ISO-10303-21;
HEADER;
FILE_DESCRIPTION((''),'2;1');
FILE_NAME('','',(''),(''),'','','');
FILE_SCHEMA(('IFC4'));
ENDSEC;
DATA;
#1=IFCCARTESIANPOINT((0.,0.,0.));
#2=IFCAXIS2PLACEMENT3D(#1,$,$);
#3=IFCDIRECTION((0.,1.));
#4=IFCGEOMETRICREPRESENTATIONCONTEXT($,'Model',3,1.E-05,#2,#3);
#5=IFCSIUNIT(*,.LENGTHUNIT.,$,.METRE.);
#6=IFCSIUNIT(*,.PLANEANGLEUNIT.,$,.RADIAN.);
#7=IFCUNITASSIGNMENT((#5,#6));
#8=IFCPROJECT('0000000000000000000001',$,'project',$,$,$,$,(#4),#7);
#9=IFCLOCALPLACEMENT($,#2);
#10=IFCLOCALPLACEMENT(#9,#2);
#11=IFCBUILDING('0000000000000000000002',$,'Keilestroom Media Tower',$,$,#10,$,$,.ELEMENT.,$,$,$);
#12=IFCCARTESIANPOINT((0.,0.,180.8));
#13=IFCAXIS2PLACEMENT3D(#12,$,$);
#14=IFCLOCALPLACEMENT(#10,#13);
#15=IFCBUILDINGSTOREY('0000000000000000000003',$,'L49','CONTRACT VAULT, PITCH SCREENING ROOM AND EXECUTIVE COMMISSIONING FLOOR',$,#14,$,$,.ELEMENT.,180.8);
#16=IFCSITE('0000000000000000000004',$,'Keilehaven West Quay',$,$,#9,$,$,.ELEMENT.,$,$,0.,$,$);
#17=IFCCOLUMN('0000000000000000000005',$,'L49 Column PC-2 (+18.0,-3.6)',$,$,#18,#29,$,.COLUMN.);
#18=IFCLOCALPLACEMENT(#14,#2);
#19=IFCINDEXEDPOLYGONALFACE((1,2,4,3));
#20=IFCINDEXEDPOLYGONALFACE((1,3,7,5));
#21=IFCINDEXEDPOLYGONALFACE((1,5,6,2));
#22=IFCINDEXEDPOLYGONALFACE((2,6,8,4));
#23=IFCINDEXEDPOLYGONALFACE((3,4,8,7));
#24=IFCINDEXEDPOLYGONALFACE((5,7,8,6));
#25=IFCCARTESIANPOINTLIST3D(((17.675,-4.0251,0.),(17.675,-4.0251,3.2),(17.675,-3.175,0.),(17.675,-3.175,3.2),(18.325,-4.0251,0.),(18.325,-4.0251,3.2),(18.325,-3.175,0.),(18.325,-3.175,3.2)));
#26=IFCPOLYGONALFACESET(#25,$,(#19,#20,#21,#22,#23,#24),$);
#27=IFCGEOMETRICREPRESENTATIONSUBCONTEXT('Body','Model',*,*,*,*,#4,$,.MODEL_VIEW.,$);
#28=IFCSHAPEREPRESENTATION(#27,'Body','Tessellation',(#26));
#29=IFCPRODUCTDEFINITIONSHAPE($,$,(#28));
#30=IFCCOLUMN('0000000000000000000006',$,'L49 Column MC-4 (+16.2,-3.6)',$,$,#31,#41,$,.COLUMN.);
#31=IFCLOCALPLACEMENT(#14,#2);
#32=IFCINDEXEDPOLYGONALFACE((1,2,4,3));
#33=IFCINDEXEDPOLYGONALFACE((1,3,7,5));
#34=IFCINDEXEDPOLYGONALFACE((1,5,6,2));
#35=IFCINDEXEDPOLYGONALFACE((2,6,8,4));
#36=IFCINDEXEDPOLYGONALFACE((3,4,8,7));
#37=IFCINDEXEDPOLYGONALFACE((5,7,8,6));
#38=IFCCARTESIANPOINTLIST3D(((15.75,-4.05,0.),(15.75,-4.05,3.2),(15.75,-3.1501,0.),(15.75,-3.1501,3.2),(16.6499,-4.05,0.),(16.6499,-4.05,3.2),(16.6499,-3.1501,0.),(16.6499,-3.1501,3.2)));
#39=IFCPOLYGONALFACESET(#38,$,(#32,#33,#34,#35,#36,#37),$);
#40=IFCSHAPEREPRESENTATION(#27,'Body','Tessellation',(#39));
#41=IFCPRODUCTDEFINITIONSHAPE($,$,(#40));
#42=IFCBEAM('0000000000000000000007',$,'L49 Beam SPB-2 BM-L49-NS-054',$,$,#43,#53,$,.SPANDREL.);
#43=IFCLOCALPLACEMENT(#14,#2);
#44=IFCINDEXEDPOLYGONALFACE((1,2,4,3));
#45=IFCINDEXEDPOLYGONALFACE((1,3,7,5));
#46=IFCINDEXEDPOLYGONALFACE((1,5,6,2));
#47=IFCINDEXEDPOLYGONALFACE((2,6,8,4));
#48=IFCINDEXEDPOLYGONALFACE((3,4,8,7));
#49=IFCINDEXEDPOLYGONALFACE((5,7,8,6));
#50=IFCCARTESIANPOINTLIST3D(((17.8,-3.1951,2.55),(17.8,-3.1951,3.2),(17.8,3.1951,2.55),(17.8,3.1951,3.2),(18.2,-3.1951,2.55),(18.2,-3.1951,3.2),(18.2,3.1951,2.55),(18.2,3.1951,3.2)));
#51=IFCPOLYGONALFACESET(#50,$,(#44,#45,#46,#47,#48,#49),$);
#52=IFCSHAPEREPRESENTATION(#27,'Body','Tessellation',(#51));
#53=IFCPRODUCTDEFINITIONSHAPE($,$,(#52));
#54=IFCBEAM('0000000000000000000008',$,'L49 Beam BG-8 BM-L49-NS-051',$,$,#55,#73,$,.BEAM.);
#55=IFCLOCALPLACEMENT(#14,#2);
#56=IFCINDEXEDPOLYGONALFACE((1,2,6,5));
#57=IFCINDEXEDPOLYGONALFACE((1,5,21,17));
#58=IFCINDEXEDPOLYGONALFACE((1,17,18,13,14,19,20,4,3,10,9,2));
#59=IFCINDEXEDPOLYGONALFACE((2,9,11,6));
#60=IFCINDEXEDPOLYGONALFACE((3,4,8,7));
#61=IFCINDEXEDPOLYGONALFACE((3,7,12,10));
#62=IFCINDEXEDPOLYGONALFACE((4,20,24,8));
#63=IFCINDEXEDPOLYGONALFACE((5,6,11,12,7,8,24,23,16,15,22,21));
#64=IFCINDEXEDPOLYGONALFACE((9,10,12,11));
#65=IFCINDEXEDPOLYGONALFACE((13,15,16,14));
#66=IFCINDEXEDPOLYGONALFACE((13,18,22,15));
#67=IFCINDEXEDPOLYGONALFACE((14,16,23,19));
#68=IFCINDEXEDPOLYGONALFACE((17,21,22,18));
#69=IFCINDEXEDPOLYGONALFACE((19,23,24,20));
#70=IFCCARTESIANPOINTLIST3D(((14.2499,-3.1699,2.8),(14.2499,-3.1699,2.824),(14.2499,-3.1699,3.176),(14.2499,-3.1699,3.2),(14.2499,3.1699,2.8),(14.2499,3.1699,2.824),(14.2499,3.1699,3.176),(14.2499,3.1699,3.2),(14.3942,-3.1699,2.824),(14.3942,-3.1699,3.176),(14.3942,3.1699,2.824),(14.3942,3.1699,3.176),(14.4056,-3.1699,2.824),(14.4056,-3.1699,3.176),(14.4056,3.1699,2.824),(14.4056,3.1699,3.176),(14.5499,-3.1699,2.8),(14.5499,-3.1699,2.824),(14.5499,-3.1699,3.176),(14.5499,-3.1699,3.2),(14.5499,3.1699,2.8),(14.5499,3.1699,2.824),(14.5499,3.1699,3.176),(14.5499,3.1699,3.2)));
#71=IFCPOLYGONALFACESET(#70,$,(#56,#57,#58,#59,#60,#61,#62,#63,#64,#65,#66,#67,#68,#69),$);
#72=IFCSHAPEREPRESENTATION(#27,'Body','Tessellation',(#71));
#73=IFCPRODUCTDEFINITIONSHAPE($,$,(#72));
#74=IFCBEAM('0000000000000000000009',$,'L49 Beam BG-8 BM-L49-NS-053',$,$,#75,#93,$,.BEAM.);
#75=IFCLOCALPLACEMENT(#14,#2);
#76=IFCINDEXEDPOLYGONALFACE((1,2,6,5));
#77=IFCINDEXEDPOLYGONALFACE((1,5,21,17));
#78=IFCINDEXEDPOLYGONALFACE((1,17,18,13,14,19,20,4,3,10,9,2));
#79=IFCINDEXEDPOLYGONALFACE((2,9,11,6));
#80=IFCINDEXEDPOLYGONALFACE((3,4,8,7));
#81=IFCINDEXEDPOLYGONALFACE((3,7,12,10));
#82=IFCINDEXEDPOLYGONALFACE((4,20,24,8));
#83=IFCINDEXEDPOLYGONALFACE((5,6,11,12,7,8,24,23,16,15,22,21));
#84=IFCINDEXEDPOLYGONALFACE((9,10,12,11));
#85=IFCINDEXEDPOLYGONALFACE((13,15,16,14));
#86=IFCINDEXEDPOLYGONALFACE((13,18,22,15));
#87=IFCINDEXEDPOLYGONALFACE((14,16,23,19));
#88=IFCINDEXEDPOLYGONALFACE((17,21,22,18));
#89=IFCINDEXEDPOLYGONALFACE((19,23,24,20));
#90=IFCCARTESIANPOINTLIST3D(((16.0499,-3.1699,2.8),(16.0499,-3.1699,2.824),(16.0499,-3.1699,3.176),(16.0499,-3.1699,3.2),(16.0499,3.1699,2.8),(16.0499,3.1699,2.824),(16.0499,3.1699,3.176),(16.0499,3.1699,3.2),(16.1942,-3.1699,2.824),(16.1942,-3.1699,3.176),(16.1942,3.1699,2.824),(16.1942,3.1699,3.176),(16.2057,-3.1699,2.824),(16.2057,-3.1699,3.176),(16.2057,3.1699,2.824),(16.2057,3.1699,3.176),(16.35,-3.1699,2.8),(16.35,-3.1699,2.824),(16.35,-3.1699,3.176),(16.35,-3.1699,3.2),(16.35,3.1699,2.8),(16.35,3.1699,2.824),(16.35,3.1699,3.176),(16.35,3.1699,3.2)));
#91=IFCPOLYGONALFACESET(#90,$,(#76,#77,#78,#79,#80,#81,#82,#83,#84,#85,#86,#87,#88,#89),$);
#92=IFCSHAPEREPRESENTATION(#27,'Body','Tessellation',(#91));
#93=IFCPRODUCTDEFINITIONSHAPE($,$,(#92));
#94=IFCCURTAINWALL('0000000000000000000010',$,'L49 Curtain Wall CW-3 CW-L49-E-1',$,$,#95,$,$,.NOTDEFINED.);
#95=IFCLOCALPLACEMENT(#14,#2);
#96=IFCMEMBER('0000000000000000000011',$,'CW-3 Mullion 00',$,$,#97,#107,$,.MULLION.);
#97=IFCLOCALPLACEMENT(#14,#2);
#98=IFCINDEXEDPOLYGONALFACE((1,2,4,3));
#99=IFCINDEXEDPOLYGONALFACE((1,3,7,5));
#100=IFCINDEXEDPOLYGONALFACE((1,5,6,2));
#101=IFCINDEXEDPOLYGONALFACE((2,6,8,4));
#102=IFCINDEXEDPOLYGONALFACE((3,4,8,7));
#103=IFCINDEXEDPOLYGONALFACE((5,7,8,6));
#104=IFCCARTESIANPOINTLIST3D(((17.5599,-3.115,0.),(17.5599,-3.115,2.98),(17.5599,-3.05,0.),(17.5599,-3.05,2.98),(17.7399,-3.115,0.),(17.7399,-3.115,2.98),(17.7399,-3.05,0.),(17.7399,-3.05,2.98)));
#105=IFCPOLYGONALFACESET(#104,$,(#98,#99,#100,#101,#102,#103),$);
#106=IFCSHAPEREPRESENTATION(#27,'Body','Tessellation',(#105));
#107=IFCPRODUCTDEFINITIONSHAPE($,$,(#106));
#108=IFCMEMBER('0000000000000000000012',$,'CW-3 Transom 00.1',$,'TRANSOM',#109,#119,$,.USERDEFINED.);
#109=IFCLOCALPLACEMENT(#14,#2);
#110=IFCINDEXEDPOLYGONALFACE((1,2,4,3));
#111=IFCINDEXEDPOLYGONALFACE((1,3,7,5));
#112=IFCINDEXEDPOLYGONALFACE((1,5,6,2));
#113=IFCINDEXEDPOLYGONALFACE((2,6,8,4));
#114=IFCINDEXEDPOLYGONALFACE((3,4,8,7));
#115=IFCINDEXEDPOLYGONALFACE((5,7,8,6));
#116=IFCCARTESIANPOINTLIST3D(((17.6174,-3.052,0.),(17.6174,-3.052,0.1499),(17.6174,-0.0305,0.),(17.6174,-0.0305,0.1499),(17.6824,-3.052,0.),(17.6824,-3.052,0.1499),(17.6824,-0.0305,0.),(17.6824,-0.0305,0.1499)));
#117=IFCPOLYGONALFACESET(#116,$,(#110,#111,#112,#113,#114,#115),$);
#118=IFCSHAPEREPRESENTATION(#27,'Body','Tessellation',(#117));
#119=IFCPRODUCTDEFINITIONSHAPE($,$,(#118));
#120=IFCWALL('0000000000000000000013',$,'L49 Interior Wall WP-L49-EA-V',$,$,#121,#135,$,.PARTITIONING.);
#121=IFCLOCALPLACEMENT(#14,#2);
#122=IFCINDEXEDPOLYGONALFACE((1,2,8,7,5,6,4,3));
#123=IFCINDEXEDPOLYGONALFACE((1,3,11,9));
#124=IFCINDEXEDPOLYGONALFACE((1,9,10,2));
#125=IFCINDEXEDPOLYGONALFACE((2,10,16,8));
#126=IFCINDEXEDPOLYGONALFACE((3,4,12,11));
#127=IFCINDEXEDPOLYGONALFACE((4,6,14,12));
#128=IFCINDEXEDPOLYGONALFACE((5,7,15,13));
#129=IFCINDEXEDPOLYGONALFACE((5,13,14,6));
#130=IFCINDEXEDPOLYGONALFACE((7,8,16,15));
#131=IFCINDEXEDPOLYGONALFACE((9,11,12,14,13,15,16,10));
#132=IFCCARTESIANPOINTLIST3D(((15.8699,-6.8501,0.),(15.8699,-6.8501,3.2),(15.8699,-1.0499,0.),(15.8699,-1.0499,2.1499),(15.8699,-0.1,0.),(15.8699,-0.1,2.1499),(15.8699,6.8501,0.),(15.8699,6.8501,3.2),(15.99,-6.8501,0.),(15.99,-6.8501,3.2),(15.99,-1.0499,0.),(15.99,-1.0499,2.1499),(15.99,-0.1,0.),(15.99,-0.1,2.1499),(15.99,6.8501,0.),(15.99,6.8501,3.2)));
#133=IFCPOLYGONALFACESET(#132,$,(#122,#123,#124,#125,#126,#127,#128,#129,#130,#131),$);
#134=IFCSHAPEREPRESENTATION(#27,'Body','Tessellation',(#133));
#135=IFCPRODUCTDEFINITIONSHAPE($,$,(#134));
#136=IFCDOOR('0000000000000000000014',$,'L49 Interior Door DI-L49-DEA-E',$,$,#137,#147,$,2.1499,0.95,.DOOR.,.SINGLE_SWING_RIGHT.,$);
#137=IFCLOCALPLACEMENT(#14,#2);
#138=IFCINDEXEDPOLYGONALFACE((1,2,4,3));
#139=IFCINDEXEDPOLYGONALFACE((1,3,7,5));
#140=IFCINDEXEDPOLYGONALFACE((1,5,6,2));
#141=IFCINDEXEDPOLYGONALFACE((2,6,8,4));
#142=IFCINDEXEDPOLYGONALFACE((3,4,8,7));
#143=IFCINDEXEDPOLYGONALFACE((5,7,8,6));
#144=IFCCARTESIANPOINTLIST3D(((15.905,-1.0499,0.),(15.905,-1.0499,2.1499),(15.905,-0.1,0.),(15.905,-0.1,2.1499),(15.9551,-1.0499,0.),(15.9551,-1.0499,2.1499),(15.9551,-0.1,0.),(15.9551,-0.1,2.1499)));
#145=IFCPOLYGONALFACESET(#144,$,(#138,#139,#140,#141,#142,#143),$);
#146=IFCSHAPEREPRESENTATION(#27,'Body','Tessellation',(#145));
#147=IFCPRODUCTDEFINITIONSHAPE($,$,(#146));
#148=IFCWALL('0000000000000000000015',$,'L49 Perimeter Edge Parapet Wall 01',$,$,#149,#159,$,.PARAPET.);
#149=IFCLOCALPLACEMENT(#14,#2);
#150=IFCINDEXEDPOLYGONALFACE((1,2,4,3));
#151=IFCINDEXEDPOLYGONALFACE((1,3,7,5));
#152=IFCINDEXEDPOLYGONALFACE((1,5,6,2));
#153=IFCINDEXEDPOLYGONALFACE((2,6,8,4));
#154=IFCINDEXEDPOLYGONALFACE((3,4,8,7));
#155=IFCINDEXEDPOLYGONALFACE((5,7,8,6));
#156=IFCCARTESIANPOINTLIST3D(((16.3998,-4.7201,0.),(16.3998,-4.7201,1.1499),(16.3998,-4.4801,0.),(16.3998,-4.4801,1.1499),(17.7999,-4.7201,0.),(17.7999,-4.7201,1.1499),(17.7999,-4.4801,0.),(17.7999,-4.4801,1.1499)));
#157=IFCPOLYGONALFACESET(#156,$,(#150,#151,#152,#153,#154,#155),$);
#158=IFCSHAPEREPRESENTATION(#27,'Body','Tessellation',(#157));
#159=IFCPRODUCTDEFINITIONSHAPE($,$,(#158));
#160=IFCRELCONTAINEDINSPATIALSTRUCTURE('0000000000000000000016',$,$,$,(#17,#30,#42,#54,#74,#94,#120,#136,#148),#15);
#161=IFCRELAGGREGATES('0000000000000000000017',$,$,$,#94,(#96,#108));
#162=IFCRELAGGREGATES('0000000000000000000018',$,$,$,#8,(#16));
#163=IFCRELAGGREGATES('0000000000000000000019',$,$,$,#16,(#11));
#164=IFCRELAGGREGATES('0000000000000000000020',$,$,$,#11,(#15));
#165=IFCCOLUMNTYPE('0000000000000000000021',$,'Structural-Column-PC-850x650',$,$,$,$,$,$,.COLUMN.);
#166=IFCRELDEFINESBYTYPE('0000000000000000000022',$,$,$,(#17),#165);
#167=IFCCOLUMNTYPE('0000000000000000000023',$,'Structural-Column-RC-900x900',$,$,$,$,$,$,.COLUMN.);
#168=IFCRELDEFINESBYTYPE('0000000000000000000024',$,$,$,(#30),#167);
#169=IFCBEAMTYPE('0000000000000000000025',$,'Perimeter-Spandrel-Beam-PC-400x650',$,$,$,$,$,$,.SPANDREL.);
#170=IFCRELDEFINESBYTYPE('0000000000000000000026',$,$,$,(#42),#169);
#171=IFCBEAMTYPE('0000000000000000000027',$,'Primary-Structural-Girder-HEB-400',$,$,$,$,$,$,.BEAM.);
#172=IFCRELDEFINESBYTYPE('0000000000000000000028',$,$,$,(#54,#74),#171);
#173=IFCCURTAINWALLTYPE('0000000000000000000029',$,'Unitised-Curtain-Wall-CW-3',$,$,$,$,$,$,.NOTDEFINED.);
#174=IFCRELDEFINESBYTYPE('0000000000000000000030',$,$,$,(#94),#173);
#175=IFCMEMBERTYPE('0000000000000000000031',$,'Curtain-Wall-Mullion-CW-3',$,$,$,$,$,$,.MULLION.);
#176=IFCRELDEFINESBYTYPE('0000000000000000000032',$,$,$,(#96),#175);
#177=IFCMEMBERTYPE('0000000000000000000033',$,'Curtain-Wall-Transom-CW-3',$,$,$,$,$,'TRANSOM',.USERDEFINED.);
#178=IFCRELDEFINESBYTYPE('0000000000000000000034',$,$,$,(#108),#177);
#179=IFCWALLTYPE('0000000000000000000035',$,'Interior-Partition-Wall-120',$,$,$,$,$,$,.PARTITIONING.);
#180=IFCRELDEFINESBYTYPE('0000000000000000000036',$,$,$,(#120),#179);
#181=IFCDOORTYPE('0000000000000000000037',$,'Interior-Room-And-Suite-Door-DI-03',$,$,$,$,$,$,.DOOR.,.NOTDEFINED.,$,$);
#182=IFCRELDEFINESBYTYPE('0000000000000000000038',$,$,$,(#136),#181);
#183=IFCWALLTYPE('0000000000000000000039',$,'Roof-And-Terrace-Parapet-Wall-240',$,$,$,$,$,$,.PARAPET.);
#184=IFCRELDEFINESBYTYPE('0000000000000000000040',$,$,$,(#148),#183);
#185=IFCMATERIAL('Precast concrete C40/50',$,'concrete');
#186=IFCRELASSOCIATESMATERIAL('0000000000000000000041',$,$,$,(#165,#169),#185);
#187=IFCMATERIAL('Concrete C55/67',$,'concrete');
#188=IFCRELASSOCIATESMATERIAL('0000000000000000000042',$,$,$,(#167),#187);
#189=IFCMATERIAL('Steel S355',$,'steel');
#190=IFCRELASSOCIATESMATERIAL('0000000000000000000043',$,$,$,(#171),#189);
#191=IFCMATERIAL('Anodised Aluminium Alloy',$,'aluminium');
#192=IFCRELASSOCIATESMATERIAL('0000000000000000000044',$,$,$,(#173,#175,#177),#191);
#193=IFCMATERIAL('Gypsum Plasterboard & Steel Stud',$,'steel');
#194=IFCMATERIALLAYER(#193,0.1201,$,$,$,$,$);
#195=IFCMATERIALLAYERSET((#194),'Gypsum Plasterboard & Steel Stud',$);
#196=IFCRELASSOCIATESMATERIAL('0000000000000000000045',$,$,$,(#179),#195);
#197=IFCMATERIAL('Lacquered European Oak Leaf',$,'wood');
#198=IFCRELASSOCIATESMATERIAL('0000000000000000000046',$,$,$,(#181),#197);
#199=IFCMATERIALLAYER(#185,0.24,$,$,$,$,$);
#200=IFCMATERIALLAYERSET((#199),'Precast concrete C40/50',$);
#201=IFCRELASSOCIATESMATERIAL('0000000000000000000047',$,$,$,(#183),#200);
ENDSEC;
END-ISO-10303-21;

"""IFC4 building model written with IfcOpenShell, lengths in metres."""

from ifc_helpers import new_model, si_unit, direction, frame, frame_2d, origin, origin_2d, place, context, subcontext, project, spatial, rectangle, i_section, extrude, source, transform, mapped, material, layer, layer_set, material_profile, profile_set, type_object, element, fill, aggregate, save


model = new_model("IFC4")

# Units and contexts
model_context = context("Model", 3, precision=1e-05, world=origin(), true_north=direction((0.0, 1.0)))
body_context = subcontext(model_context, "Body", "Model", "MODEL_VIEW")
ifc_project = project(units=[si_unit("LENGTHUNIT", "METRE"), si_unit("PLANEANGLEUNIT", "RADIAN")], contexts=[model_context])

# Site, building, storey
site_placement = place(None, origin())
site = spatial("IfcSite", under=ifc_project, at=site_placement, Name="Keilehaven West Quay", CompositionType="ELEMENT", RefElevation=0.0)
building_placement = place(site_placement, origin())
building = spatial("IfcBuilding", under=site, at=building_placement, Name="Keilestroom Media Tower", CompositionType="ELEMENT")
storey_placement = place(building_placement, frame((0.0, 0.0, 180.8)))
storey = spatial("IfcBuildingStorey", under=building, at=storey_placement, Name="L49", Description="CONTRACT VAULT, PITCH SCREENING ROOM AND EXECUTIVE COMMISSIONING FLOOR", CompositionType="ELEMENT", Elevation=180.8)

# Columns
ifc_material_1 = material(Name="Precast concrete C40/50", Category="concrete")
ifc_material_profile_1 = material_profile(ifc_material_1, rectangle(XDim=0.6499, YDim=0.8501, at=origin_2d()), Name="PC 850x650")
ifc_profile_set_1 = profile_set([ifc_material_profile_1], Name="Precast concrete C40/50")
column_type_1 = type_object("IfcColumnType", Name="Structural-Column-PC-850x650", PredefinedType="COLUMN", material=ifc_profile_set_1)
shared_shape_1 = source(origin(), body_context, "Body", "SweptSolid", [
    extrude(rectangle(XDim=0.6499, YDim=0.8501, at=origin_2d()), origin(), (0.0, 0.0, 1.0), 3.2),
])
column_1_placement = place(storey_placement, frame((18.0, -3.6001, 0.0), z_axis=(0.0, 0.0, 1.0), x_axis=(1.0, 0.0, 0.0)))
element("IfcColumn", 1, at=column_1_placement, inside=storey, type_object=column_type_1, Name="L49 Column PC-2 (+18.0,-3.6)", PredefinedType="COLUMN", context=body_context, shape_type="MappedRepresentation", body=[
    mapped(shared_shape_1, transform((0.0, 0.0, 0.0), x_axis=(1.0, 0.0, 0.0), y_axis=(0.0, 1.0, 0.0), z_axis=(0.0, 0.0, 1.0), scale=1.0)),
])
ifc_material_2 = material(Name="Concrete C55/67", Category="concrete")
ifc_material_profile_2 = material_profile(ifc_material_2, rectangle(XDim=0.8999, YDim=0.8999, at=origin_2d()), Name="RC 900x900")
ifc_profile_set_2 = profile_set([ifc_material_profile_2], Name="Concrete C55/67")
column_type_2 = type_object("IfcColumnType", Name="Structural-Column-RC-900x900", PredefinedType="COLUMN", material=ifc_profile_set_2)
shared_shape_2 = source(origin(), body_context, "Body", "SweptSolid", [
    extrude(rectangle(XDim=0.8999, YDim=0.8999, at=origin_2d()), origin(), (0.0, 0.0, 1.0), 3.2),
])
column_2_placement = place(storey_placement, frame((16.2, -3.6001, 0.0), z_axis=(0.0, 0.0, 1.0), x_axis=(1.0, 0.0, 0.0)))
element("IfcColumn", 2, at=column_2_placement, inside=storey, type_object=column_type_2, Name="L49 Column MC-4 (+16.2,-3.6)", PredefinedType="COLUMN", context=body_context, shape_type="MappedRepresentation", body=[
    mapped(shared_shape_2, transform((0.0, 0.0, 0.0), x_axis=(1.0, 0.0, 0.0), y_axis=(0.0, 1.0, 0.0), z_axis=(0.0, 0.0, 1.0), scale=1.0)),
])

# Beams
ifc_material_profile_3 = material_profile(ifc_material_1, rectangle(XDim=0.3999, YDim=0.6499, at=origin_2d()), Name="PC 400x650")
ifc_profile_set_3 = profile_set([ifc_material_profile_3], Name="Precast concrete C40/50")
beam_type_1 = type_object("IfcBeamType", Name="Perimeter-Spandrel-Beam-PC-400x650", PredefinedType="SPANDREL", material=ifc_profile_set_3)
shared_shape_3 = source(origin(), body_context, "Body", "SweptSolid", [
    extrude(rectangle(XDim=0.3999, YDim=0.6499, at=origin_2d()), origin(), (0.0, 0.0, 1.0), 6.3901),
])
beam_placement = place(storey_placement, frame((18.0, -3.1951, 2.875), z_axis=(0.0, 1.0, 0.0), x_axis=(-1.0, 0.0, 0.0)))
element("IfcBeam", 3, at=beam_placement, inside=storey, type_object=beam_type_1, Name="L49 Beam SPB-2 BM-L49-NS-054", PredefinedType="SPANDREL", context=body_context, shape_type="MappedRepresentation", body=[
    mapped(shared_shape_3, transform((0.0, 0.0, 0.0), x_axis=(1.0, 0.0, 0.0), y_axis=(0.0, 1.0, 0.0), z_axis=(0.0, 0.0, 1.0), scale=1.0)),
])
ifc_material_3 = material(Name="Steel S355", Category="steel")
ifc_material_profile_4 = material_profile(ifc_material_3, i_section(OverallWidth=0.3, OverallDepth=0.3999, WebThickness=0.0115, FlangeThickness=0.0239, at=origin_2d()), Name="HEB 400")
ifc_profile_set_4 = profile_set([ifc_material_profile_4], Name="Steel S355")
beam_type_2 = type_object("IfcBeamType", Name="Primary-Structural-Girder-HEB-400", PredefinedType="BEAM", material=ifc_profile_set_4)
shared_shape_4 = source(origin(), body_context, "Body", "SweptSolid", [
    extrude(i_section(OverallWidth=0.3, OverallDepth=0.3999, WebThickness=0.0115, FlangeThickness=0.0239, at=origin_2d()), origin(), (0.0, 0.0, 1.0), 6.3398),
])
for number, where, z_axis, x_axis, name in (
    (4, (14.3999, -3.1699, 3.0), (0.0, 1.0, 0.0), (-1.0, 0.0, 0.0), "L49 Beam BG-8 BM-L49-NS-051"),
    (5, (16.2, -3.1699, 3.0), (0.0, 1.0, 0.0), (-1.0, 0.0, 0.0), "L49 Beam BG-8 BM-L49-NS-053"),
):
    element("IfcBeam", number, at=place(storey_placement, frame(where, z_axis=z_axis, x_axis=x_axis)), inside=storey, type_object=beam_type_2, Name=name, PredefinedType="BEAM", context=body_context, shape_type="MappedRepresentation", body=[
        mapped(shared_shape_4, transform((0.0, 0.0, 0.0), x_axis=(1.0, 0.0, 0.0), y_axis=(0.0, 1.0, 0.0), z_axis=(0.0, 0.0, 1.0), scale=1.0)),
    ])

# Curtain wall, members
ifc_material_4 = material(Name="Anodised Aluminium Alloy", Category="aluminium")
curtain_wall_type = type_object("IfcCurtainWallType", Name="Unitised-Curtain-Wall-CW-3", PredefinedType="NOTDEFINED", material=ifc_material_4)
curtain_wall_placement = place(storey_placement, origin())
curtain_wall = element("IfcCurtainWall", 6, at=curtain_wall_placement, inside=storey, type_object=curtain_wall_type, Name="L49 Curtain Wall CW-3 CW-L49-E-1", PredefinedType="NOTDEFINED")
ifc_material_profile_5 = material_profile(ifc_material_4, rectangle(XDim=0.0649, YDim=0.1799, at=origin_2d()), Name="ALU MULLION 65x180")
ifc_profile_set_5 = profile_set([ifc_material_profile_5], Name="Anodised Aluminium Alloy")
member_type_1 = type_object("IfcMemberType", Name="Curtain-Wall-Mullion-CW-3", PredefinedType="MULLION", material=ifc_profile_set_5)
shared_shape_5 = source(origin(), body_context, "Body", "SweptSolid", [
    extrude(rectangle(XDim=0.0649, YDim=0.1799, at=origin_2d()), origin(), (0.0, 0.0, 1.0), 2.98),
])
member_1_placement = place(storey_placement, frame((17.6499, -3.0825, 0.0), z_axis=(0.0, 0.0, 1.0), x_axis=(0.0, 1.0, 0.0)))
member_1 = element("IfcMember", 7, at=member_1_placement, type_object=member_type_1, Name="CW-3 Mullion 00", PredefinedType="MULLION", context=body_context, shape_type="MappedRepresentation", body=[
    mapped(shared_shape_5, transform((0.0, 0.0, 0.0), x_axis=(1.0, 0.0, 0.0), y_axis=(0.0, 1.0, 0.0), z_axis=(0.0, 0.0, 1.0), scale=1.0)),
])
ifc_material_profile_6 = material_profile(ifc_material_4, rectangle(XDim=0.0649, YDim=0.1499, at=origin_2d()), Name="ALU TRANSOM 65x150")
ifc_profile_set_6 = profile_set([ifc_material_profile_6], Name="Anodised Aluminium Alloy")
member_type_2 = type_object("IfcMemberType", Name="Curtain-Wall-Transom-CW-3", ElementType="TRANSOM", PredefinedType="USERDEFINED", material=ifc_profile_set_6)
shared_shape_6 = source(origin(), body_context, "Body", "SweptSolid", [
    extrude(rectangle(XDim=0.0649, YDim=0.1499, at=origin_2d()), origin(), (0.0, 0.0, 1.0), 3.0215),
])
member_2_placement = place(storey_placement, frame((17.6499, -3.052, 0.075), z_axis=(0.0, 1.0, 0.0), x_axis=(-1.0, 0.0, 0.0)))
member_2 = element("IfcMember", 8, at=member_2_placement, type_object=member_type_2, Name="CW-3 Transom 00.1", ObjectType="TRANSOM", PredefinedType="USERDEFINED", context=body_context, shape_type="MappedRepresentation", body=[
    mapped(shared_shape_6, transform((0.0, 0.0, 0.0), x_axis=(1.0, 0.0, 0.0), y_axis=(0.0, 1.0, 0.0), z_axis=(0.0, 0.0, 1.0), scale=1.0)),
])
aggregate(curtain_wall, [member_1, member_2])

# Wall, opening, door
ifc_material_5 = material(Name="Gypsum Plasterboard & Steel Stud", Category="steel")
ifc_layer_1 = layer(ifc_material_5, 0.1201)
ifc_layer_set_1 = layer_set([ifc_layer_1], Name="Gypsum Plasterboard & Steel Stud")
wall_type_1 = type_object("IfcWallType", Name="Interior-Partition-Wall-120", PredefinedType="PARTITIONING", material=ifc_layer_set_1)
wall_1_placement = place(storey_placement, frame((15.9299, -6.8501, 0.0), z_axis=(0.0, 0.0, 1.0), x_axis=(0.0, 1.0, 0.0)))
wall_1 = element("IfcWall", 9, at=wall_1_placement, inside=storey, type_object=wall_type_1, Name="L49 Interior Wall WP-L49-EA-V", PredefinedType="PARTITIONING", context=body_context, shape_type="SweptSolid", body=[
    extrude(rectangle(XDim=13.7002, YDim=0.1201, at=frame_2d((6.8501, 0.0))), origin(), (0.0, 0.0, 1.0), 3.2),
])
opening_placement = place(wall_1_placement, frame((5.8, 0.0, 0.0)))
opening = element("IfcOpeningElement", 10, at=opening_placement, cuts=wall_1, PredefinedType="OPENING", context=body_context, shape_type="SweptSolid", body=[
    extrude(rectangle(XDim=0.95, YDim=2.1499, at=frame_2d((0.4751, 1.075))), frame((0.0, 0.0701, 0.0), z_axis=(0.0, -1.0, 0.0), x_axis=(1.0, 0.0, 0.0)), (0.0, 0.0, 1.0), 0.1401),
])
ifc_material_6 = material(Name="Lacquered European Oak Leaf", Category="wood")
door_type = type_object("IfcDoorType", Name="Interior-Room-And-Suite-Door-DI-03", OperationType="NOTDEFINED", PredefinedType="DOOR", material=ifc_material_6)
shared_shape_7 = source(origin(), body_context, "Body", "SweptSolid", [
    extrude(rectangle(XDim=0.95, YDim=2.1499, at=frame_2d((0.4751, 1.075))), frame((0.0, 0.0249, 0.0), z_axis=(0.0, -1.0, 0.0), x_axis=(1.0, 0.0, 0.0)), (0.0, 0.0, 1.0), 0.05),
])
door_placement = place(opening_placement, origin())
door = element("IfcDoor", 11, at=door_placement, inside=storey, type_object=door_type, Name="L49 Interior Door DI-L49-DEA-E", OperationType="SINGLE_SWING_RIGHT", OverallHeight=2.1499, OverallWidth=0.95, PredefinedType="DOOR", context=body_context, shape_type="MappedRepresentation", body=[
    mapped(shared_shape_7, transform((0.0, 0.0, 0.0), x_axis=(1.0, 0.0, 0.0), y_axis=(0.0, 1.0, 0.0), z_axis=(0.0, 0.0, 1.0), scale=1.0)),
])
fill(opening, door)

# Wall
ifc_layer_2 = layer(ifc_material_1, 0.24)
ifc_layer_set_2 = layer_set([ifc_layer_2], Name="Precast concrete C40/50")
wall_type_2 = type_object("IfcWallType", Name="Roof-And-Terrace-Parapet-Wall-240", PredefinedType="PARAPET", material=ifc_layer_set_2)
wall_2_placement = place(storey_placement, frame((17.8, -4.6001, 0.0), z_axis=(0.0, 0.0, 1.0), x_axis=(-1.0, 0.0, 0.0)))
element("IfcWall", 12, at=wall_2_placement, inside=storey, type_object=wall_type_2, Name="L49 Perimeter Edge Parapet Wall 01", PredefinedType="PARAPET", context=body_context, shape_type="SweptSolid", body=[
    extrude(rectangle(XDim=1.4001, YDim=0.24, at=frame_2d((0.7002, 0.0))), origin(), (0.0, 0.0, 1.0), 1.1499),
])

save(model, "model.ifc")
